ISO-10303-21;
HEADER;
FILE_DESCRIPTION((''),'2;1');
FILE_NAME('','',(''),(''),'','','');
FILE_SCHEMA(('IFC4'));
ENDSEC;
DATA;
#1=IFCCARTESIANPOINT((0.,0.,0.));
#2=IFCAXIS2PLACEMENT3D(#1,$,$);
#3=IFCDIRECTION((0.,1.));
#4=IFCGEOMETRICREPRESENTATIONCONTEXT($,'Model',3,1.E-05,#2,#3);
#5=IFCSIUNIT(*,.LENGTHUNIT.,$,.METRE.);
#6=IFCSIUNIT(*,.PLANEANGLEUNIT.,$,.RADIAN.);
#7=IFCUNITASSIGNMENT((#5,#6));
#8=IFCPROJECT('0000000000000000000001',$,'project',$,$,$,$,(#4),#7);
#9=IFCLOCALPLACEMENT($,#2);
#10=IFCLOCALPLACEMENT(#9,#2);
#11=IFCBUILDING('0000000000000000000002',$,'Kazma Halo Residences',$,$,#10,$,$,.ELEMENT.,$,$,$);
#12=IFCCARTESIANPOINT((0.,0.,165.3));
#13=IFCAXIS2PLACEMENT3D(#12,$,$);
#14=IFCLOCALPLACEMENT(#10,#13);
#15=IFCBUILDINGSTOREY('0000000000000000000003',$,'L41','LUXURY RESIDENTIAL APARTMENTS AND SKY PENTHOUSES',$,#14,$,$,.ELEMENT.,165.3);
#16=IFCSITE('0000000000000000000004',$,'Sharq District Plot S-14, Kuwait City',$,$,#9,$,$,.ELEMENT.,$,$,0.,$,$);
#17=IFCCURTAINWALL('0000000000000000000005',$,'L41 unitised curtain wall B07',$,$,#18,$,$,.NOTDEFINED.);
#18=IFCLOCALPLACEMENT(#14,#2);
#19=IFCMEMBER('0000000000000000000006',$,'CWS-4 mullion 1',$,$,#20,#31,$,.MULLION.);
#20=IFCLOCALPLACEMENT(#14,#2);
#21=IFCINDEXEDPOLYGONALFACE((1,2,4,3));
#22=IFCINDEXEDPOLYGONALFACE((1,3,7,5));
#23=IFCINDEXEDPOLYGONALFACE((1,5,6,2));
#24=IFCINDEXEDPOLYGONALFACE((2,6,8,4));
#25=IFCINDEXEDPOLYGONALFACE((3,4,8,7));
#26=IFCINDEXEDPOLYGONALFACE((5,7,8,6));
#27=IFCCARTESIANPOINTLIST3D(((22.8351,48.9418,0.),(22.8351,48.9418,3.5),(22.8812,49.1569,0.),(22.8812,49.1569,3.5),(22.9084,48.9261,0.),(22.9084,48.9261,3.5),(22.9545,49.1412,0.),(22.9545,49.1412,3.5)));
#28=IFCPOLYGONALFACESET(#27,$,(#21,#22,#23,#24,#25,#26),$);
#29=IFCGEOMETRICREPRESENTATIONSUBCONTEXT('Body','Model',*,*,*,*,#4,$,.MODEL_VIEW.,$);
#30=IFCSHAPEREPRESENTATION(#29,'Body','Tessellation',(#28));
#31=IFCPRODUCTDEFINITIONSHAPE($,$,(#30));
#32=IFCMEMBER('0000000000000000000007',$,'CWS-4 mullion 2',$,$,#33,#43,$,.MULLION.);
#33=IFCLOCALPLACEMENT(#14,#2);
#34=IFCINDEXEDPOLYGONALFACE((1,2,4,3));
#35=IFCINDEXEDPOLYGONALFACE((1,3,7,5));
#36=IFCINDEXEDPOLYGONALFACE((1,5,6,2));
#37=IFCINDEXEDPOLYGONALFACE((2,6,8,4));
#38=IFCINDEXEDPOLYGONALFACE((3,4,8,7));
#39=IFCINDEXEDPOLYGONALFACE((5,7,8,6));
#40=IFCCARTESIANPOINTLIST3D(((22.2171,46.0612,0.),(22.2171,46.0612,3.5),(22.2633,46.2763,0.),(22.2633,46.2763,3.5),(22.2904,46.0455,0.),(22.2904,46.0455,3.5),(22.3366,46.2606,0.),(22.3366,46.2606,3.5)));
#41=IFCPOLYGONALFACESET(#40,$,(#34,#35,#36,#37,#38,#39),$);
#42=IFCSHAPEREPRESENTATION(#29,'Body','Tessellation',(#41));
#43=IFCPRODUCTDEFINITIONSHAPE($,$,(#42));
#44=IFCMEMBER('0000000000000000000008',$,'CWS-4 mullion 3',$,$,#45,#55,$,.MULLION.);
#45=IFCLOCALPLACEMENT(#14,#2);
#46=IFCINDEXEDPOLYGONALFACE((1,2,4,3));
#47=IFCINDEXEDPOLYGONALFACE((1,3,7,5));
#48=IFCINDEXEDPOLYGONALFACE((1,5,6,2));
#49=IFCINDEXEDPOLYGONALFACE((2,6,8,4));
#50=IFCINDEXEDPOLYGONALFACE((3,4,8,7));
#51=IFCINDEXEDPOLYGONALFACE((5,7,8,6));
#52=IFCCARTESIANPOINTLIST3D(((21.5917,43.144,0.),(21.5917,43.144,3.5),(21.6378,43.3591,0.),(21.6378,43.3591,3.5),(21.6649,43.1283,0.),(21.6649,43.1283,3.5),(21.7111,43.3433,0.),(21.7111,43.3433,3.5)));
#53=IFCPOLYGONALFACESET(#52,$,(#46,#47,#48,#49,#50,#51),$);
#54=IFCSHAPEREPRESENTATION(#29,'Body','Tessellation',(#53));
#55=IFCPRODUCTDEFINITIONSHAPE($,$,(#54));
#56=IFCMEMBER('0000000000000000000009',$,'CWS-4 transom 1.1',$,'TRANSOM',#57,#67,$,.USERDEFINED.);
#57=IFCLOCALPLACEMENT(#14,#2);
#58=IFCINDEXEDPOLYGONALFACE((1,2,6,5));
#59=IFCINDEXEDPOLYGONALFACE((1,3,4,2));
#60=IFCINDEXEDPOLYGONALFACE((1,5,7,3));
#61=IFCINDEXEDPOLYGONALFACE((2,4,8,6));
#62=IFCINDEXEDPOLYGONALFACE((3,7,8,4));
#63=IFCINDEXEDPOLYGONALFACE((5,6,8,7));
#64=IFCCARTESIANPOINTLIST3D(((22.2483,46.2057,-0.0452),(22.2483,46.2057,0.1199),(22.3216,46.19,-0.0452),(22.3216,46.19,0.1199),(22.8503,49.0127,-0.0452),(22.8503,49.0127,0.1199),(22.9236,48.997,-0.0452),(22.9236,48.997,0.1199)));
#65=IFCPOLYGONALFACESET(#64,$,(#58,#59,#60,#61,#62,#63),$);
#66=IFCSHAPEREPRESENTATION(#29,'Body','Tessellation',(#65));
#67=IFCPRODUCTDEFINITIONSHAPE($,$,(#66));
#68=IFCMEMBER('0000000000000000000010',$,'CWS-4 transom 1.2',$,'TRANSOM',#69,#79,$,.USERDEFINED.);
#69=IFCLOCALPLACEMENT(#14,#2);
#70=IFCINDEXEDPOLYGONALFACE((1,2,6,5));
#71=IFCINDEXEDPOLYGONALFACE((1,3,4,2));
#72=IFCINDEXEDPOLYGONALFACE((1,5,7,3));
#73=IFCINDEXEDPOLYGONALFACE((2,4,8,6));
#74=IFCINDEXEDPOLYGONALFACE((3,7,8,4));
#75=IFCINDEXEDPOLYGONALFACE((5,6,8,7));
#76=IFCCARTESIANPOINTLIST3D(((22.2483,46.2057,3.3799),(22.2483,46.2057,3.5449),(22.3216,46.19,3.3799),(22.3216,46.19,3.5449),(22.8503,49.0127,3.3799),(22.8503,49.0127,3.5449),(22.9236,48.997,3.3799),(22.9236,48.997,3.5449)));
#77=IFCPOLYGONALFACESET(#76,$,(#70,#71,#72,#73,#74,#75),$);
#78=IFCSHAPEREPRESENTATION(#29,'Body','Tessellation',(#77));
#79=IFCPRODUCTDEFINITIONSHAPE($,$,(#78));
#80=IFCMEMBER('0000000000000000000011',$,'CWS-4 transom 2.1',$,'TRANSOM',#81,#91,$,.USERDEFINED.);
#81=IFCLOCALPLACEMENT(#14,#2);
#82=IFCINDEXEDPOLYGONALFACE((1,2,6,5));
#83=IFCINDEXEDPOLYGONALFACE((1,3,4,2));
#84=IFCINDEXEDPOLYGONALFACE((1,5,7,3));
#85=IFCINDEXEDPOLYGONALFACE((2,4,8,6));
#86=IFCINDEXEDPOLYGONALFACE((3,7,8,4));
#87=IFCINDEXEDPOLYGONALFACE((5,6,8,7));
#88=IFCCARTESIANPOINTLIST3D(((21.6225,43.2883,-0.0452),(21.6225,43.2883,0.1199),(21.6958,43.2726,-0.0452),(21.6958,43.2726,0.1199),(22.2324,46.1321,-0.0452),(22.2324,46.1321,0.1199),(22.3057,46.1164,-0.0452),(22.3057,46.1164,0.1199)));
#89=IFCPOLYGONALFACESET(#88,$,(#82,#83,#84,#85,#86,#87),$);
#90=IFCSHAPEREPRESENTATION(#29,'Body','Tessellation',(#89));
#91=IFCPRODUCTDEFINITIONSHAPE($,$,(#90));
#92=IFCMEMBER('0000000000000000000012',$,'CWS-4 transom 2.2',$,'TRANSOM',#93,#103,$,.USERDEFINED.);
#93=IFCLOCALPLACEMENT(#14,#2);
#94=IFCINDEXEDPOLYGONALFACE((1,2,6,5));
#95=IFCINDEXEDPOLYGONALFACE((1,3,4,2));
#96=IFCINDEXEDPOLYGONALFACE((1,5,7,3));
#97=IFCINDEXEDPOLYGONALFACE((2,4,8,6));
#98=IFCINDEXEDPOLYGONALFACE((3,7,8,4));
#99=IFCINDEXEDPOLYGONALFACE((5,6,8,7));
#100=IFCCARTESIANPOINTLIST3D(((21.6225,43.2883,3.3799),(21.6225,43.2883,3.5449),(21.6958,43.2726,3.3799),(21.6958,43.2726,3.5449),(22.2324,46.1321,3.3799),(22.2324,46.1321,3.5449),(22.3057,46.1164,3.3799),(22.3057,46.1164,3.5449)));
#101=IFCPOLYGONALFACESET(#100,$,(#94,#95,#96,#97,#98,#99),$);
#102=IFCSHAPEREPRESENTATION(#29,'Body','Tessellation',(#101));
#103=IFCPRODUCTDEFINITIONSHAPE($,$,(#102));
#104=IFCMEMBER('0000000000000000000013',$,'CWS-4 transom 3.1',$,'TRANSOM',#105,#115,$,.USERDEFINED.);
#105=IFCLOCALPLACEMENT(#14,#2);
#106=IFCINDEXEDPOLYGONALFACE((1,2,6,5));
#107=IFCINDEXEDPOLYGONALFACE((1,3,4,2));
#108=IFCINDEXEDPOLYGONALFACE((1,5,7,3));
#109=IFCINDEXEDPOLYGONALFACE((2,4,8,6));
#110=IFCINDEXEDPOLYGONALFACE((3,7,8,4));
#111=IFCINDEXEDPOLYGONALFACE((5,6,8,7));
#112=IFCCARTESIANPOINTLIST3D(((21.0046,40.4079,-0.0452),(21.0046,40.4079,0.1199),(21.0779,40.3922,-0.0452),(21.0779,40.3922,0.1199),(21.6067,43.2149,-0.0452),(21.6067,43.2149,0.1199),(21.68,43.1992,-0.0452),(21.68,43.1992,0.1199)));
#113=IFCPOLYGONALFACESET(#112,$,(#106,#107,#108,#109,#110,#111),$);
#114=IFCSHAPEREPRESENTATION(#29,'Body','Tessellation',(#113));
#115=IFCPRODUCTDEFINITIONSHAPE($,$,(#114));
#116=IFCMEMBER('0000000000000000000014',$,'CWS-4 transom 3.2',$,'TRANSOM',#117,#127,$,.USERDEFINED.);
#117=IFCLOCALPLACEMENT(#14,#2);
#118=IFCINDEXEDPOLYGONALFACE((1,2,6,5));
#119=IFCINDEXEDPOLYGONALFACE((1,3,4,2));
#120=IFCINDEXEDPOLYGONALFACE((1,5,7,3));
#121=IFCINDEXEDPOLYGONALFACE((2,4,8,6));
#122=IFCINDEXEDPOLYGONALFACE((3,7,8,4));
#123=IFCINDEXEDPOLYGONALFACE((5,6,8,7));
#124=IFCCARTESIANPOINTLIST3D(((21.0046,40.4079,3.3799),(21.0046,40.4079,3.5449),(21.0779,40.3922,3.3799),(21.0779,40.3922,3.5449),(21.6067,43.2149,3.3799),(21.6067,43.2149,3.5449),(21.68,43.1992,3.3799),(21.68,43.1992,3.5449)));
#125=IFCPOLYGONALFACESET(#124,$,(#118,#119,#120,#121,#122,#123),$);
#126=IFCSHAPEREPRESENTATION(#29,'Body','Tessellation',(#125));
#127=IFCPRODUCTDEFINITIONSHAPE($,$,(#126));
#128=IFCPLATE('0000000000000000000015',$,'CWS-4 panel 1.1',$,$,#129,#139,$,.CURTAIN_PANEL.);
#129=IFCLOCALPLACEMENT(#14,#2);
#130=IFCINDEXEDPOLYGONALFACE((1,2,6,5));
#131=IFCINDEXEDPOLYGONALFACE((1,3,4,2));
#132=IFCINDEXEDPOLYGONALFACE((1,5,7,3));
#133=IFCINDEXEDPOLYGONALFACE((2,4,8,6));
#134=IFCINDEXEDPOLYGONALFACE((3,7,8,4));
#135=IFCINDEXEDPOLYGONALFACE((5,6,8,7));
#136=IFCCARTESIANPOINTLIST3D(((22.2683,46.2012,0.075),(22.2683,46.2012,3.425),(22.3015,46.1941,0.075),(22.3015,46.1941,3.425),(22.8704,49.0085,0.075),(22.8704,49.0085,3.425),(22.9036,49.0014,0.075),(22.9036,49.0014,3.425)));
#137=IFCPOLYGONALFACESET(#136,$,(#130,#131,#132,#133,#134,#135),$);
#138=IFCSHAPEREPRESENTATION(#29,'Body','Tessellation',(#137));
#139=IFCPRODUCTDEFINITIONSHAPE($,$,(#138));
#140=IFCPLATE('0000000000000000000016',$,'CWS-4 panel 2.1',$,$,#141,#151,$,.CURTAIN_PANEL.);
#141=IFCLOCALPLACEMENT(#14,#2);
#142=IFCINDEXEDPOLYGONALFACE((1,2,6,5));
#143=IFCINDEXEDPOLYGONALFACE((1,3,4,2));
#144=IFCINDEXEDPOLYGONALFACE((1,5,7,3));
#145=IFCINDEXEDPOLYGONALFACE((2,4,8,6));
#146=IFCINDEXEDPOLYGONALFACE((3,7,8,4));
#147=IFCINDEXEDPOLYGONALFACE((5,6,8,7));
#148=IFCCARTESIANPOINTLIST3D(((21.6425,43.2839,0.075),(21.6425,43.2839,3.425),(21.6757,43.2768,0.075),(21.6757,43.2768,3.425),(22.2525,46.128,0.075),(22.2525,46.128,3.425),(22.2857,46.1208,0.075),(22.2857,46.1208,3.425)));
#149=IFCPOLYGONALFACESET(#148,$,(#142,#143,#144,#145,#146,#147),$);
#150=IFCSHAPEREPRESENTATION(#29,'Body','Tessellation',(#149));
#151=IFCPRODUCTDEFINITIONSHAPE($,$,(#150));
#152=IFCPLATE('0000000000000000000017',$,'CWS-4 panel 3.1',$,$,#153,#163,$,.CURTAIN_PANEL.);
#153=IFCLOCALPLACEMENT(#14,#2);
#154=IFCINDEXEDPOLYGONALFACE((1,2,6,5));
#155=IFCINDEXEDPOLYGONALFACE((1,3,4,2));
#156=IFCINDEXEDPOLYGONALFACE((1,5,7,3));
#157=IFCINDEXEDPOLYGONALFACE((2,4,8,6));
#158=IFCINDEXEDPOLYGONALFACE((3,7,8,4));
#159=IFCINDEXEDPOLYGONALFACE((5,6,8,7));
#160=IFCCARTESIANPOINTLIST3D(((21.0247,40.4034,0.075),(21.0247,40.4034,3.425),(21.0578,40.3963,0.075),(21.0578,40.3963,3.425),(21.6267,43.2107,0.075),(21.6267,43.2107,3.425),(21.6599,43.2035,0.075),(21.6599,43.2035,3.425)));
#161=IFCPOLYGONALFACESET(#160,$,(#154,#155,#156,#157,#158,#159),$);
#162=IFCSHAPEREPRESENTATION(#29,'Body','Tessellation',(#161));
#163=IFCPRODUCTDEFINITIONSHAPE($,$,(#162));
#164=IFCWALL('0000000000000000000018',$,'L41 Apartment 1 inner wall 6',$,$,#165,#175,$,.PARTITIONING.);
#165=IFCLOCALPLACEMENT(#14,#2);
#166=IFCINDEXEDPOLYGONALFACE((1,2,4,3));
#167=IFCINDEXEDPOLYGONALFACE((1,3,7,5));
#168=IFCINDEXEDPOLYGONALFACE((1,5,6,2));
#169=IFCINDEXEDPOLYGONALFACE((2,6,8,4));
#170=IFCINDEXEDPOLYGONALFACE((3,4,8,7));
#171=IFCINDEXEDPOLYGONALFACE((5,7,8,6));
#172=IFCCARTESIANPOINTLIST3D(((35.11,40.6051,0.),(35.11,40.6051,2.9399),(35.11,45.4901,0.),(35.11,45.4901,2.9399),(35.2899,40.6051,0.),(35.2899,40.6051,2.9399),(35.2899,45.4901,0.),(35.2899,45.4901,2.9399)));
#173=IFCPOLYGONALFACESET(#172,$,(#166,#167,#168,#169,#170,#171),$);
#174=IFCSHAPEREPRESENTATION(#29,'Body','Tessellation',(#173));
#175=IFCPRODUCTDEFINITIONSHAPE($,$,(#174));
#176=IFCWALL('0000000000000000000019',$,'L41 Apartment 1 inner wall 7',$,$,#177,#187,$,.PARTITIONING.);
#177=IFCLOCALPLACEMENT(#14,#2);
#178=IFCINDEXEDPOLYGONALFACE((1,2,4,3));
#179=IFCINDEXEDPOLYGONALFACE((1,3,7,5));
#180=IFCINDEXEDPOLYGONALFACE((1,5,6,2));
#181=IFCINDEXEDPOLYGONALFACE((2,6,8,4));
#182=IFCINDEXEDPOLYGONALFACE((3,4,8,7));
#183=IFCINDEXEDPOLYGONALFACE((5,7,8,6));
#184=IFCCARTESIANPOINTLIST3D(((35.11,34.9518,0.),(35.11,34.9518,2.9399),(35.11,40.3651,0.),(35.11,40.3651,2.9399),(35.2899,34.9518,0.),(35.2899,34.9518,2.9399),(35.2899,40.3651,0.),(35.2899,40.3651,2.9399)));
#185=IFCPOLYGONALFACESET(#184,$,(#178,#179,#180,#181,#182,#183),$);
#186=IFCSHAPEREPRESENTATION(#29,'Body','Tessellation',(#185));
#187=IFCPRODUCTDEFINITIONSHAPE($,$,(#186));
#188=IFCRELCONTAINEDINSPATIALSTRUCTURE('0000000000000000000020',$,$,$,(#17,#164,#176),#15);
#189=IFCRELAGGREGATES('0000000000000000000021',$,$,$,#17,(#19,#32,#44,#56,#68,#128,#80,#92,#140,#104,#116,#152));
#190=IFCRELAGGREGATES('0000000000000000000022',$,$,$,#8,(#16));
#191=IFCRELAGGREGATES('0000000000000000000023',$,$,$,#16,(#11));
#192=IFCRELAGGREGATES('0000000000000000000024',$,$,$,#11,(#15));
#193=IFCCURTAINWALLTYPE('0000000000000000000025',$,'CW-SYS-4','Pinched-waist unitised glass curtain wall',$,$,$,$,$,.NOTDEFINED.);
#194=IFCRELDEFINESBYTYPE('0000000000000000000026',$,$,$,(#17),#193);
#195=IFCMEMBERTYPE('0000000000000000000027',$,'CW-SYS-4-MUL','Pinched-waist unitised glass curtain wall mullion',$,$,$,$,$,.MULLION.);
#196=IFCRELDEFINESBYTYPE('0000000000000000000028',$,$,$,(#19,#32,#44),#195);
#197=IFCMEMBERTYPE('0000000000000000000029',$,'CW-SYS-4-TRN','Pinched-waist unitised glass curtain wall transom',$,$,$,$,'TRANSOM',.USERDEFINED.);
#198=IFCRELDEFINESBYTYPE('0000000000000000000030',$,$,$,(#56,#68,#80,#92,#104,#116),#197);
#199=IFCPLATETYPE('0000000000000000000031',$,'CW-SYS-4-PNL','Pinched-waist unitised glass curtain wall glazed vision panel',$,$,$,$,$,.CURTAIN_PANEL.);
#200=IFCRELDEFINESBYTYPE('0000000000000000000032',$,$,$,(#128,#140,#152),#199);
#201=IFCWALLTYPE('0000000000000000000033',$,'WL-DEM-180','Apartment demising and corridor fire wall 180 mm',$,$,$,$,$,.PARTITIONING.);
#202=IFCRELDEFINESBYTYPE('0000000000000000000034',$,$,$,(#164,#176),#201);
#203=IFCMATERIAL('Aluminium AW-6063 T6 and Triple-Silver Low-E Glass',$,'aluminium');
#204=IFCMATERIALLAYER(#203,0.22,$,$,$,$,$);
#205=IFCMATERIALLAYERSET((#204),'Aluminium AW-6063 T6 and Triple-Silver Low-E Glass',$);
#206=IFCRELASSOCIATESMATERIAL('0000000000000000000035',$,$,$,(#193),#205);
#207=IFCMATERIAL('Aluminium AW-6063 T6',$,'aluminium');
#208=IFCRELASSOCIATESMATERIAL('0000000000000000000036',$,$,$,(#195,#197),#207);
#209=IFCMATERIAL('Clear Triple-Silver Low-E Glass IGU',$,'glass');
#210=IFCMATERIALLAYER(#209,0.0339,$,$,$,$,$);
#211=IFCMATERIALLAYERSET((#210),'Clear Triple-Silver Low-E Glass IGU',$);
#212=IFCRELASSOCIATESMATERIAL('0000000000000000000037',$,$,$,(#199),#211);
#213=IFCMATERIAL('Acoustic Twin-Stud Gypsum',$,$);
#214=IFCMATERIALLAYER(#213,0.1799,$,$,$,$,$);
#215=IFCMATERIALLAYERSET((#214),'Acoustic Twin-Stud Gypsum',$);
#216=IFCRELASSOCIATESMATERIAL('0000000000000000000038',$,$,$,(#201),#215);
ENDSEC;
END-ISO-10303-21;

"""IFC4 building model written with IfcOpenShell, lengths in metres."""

from ifc_helpers import new_model, si_unit, direction, frame, frame_2d, origin, origin_2d, place, context, subcontext, project, spatial, rectangle, extrude, material, layer, layer_set, material_profile, profile_set, type_object, element, aggregate, save


model = new_model("IFC4")

# Units and contexts
model_context = context("Model", 3, precision=1e-05, world=origin(), true_north=direction((0.0, 1.0)))
body_context = subcontext(model_context, "Body", "Model", "MODEL_VIEW")
ifc_project = project(units=[si_unit("LENGTHUNIT", "METRE"), si_unit("PLANEANGLEUNIT", "RADIAN")], contexts=[model_context])

# Site, building, storey
site_placement = place(None, origin())
site = spatial("IfcSite", under=ifc_project, at=site_placement, Name="Sharq District Plot S-14, Kuwait City", CompositionType="ELEMENT", RefElevation=0.0)
building_placement = place(site_placement, origin())
building = spatial("IfcBuilding", under=site, at=building_placement, Name="Kazma Halo Residences", CompositionType="ELEMENT")
storey_placement = place(building_placement, frame((0.0, 0.0, 165.3)))
storey = spatial("IfcBuildingStorey", under=building, at=storey_placement, Name="L41", Description="LUXURY RESIDENTIAL APARTMENTS AND SKY PENTHOUSES", CompositionType="ELEMENT", Elevation=165.3)

# Curtain wall, members, plates
ifc_material_1 = material(Name="Aluminium AW-6063 T6 and Triple-Silver Low-E Glass", Category="aluminium")
ifc_layer_1 = layer(ifc_material_1, 0.22)
ifc_layer_set_1 = layer_set([ifc_layer_1], Name="Aluminium AW-6063 T6 and Triple-Silver Low-E Glass")
curtain_wall_type = type_object("IfcCurtainWallType", Name="CW-SYS-4", Description="Pinched-waist unitised glass curtain wall", PredefinedType="NOTDEFINED", material=ifc_layer_set_1)
curtain_wall_placement = place(storey_placement, origin())
curtain_wall = element("IfcCurtainWall", 1, at=curtain_wall_placement, inside=storey, type_object=curtain_wall_type, Name="L41 unitised curtain wall B07", PredefinedType="NOTDEFINED")
ifc_material_2 = material(Name="Aluminium AW-6063 T6", Category="aluminium")
ifc_material_profile_1 = material_profile(ifc_material_2, rectangle(XDim=0.075, YDim=0.22, at=origin_2d()), Name="CWM-75x220")
ifc_profile_set_1 = profile_set([ifc_material_profile_1], Name="Aluminium AW-6063 T6")
member_type_1 = type_object("IfcMemberType", Name="CW-SYS-4-MUL", Description="Pinched-waist unitised glass curtain wall mullion", PredefinedType="MULLION", material=ifc_profile_set_1)
member_1_placement = place(storey_placement, frame((22.8948, 49.0415, 0.0), z_axis=(0.0, 0.0, 1.0), x_axis=(0.977765, -0.209704, 0.0)))
member_1 = element("IfcMember", 2, at=member_1_placement, type_object=member_type_1, Name="CWS-4 mullion 1", PredefinedType="MULLION", context=body_context, shape_type="SweptSolid", body=[
    extrude(rectangle(XDim=0.075, YDim=0.22, at=origin_2d()), origin(), (0.0, 0.0, 1.0), 3.5),
])
member_2_placement = place(storey_placement, frame((22.2769, 46.1609, 0.0), z_axis=(0.0, 0.0, 1.0), x_axis=(0.977765, -0.209704, 0.0)))
member_2 = element("IfcMember", 3, at=member_2_placement, type_object=member_type_1, Name="CWS-4 mullion 2", PredefinedType="MULLION", context=body_context, shape_type="SweptSolid", body=[
    extrude(rectangle(XDim=0.075, YDim=0.22, at=origin_2d()), origin(), (0.0, 0.0, 1.0), 3.5),
])
member_3_placement = place(storey_placement, frame((21.6514, 43.2437, 0.0), z_axis=(0.0, 0.0, 1.0), x_axis=(0.977765, -0.209704, 0.0)))
member_3 = element("IfcMember", 4, at=member_3_placement, type_object=member_type_1, Name="CWS-4 mullion 3", PredefinedType="MULLION", context=body_context, shape_type="SweptSolid", body=[
    extrude(rectangle(XDim=0.075, YDim=0.22, at=origin_2d()), origin(), (0.0, 0.0, 1.0), 3.5),
])
ifc_material_profile_2 = material_profile(ifc_material_2, rectangle(XDim=0.075, YDim=0.165, at=origin_2d()), Name="CWT-75x165")
ifc_profile_set_2 = profile_set([ifc_material_profile_2], Name="Aluminium AW-6063 T6")
member_type_2 = type_object("IfcMemberType", Name="CW-SYS-4-TRN", Description="Pinched-waist unitised glass curtain wall transom", ElementType="TRANSOM", PredefinedType="USERDEFINED", material=ifc_profile_set_2)
member_4_placement = place(storey_placement, frame((22.887, 49.0049, 0.0374), z_axis=(-0.209703, -0.977765, 0.0), x_axis=(0.977765, -0.209703, 0.0)))
member_4 = element("IfcMember", 5, at=member_4_placement, type_object=member_type_2, Name="CWS-4 transom 1.1", ObjectType="TRANSOM", PredefinedType="USERDEFINED", context=body_context, shape_type="SweptSolid", body=[
    extrude(rectangle(XDim=0.075, YDim=0.165, at=origin_2d()), origin(), (0.0, 0.0, 1.0), 2.8708),
])
member_5_placement = place(storey_placement, frame((22.887, 49.0049, 3.4624), z_axis=(-0.209703, -0.977765, 0.0), x_axis=(0.977765, -0.209703, 0.0)))
member_5 = element("IfcMember", 6, at=member_5_placement, type_object=member_type_2, Name="CWS-4 transom 1.2", ObjectType="TRANSOM", PredefinedType="USERDEFINED", context=body_context, shape_type="SweptSolid", body=[
    extrude(rectangle(XDim=0.075, YDim=0.165, at=origin_2d()), origin(), (0.0, 0.0, 1.0), 2.8708),
])
member_6_placement = place(storey_placement, frame((22.269, 46.1243, 0.0374), z_axis=(-0.20969, -0.977768, 0.0), x_axis=(0.977768, -0.20969, 0.0)))
member_6 = element("IfcMember", 7, at=member_6_placement, type_object=member_type_2, Name="CWS-4 transom 2.1", ObjectType="TRANSOM", PredefinedType="USERDEFINED", context=body_context, shape_type="SweptSolid", body=[
    extrude(rectangle(XDim=0.075, YDim=0.165, at=origin_2d()), origin(), (0.0, 0.0, 1.0), 2.9084),
])
member_7_placement = place(storey_placement, frame((22.269, 46.1243, 3.4624), z_axis=(-0.20969, -0.977768, 0.0), x_axis=(0.977768, -0.20969, 0.0)))
member_7 = element("IfcMember", 8, at=member_7_placement, type_object=member_type_2, Name="CWS-4 transom 2.2", ObjectType="TRANSOM", PredefinedType="USERDEFINED", context=body_context, shape_type="SweptSolid", body=[
    extrude(rectangle(XDim=0.075, YDim=0.165, at=origin_2d()), origin(), (0.0, 0.0, 1.0), 2.9084),
])
member_8_placement = place(storey_placement, frame((21.6433, 43.207, 0.0374), z_axis=(-0.209703, -0.977765, 0.0), x_axis=(0.977765, -0.209703, 0.0)))
member_8 = element("IfcMember", 9, at=member_8_placement, type_object=member_type_2, Name="CWS-4 transom 3.1", ObjectType="TRANSOM", PredefinedType="USERDEFINED", context=body_context, shape_type="SweptSolid", body=[
    extrude(rectangle(XDim=0.075, YDim=0.165, at=origin_2d()), origin(), (0.0, 0.0, 1.0), 2.8708),
])
member_9_placement = place(storey_placement, frame((21.6433, 43.207, 3.4624), z_axis=(-0.209703, -0.977765, 0.0), x_axis=(0.977765, -0.209703, 0.0)))
member_9 = element("IfcMember", 10, at=member_9_placement, type_object=member_type_2, Name="CWS-4 transom 3.2", ObjectType="TRANSOM", PredefinedType="USERDEFINED", context=body_context, shape_type="SweptSolid", body=[
    extrude(rectangle(XDim=0.075, YDim=0.165, at=origin_2d()), origin(), (0.0, 0.0, 1.0), 2.8708),
])
ifc_material_3 = material(Name="Clear Triple-Silver Low-E Glass IGU", Category="glass")
ifc_layer_2 = layer(ifc_material_3, 0.0339)
ifc_layer_set_2 = layer_set([ifc_layer_2], Name="Clear Triple-Silver Low-E Glass IGU")
plate_type = type_object("IfcPlateType", Name="CW-SYS-4-PNL", Description="Pinched-waist unitised glass curtain wall glazed vision panel", PredefinedType="CURTAIN_PANEL", material=ifc_layer_set_2)
plate_1_placement = place(storey_placement, frame((22.5859, 47.6013, 0.075), z_axis=(0.0, 0.0, 1.0), x_axis=(-0.209704, -0.977765, 0.0)))
plate_1 = element("IfcPlate", 11, at=plate_1_placement, type_object=plate_type, Name="CWS-4 panel 1.1", PredefinedType="CURTAIN_PANEL", context=body_context, shape_type="SweptSolid", body=[
    extrude(rectangle(XDim=2.8711, YDim=0.0339, at=origin_2d()), origin(), (0.0, 0.0, 1.0), 3.3501),
])
plate_2_placement = place(storey_placement, frame((21.9641, 44.7024, 0.075), z_axis=(0.0, 0.0, 1.0), x_axis=(-0.209704, -0.977765, 0.0)))
plate_2 = element("IfcPlate", 12, at=plate_2_placement, type_object=plate_type, Name="CWS-4 panel 2.1", PredefinedType="CURTAIN_PANEL", context=body_context, shape_type="SweptSolid", body=[
    extrude(rectangle(XDim=2.9087, YDim=0.0339, at=origin_2d()), origin(), (0.0, 0.0, 1.0), 3.3501),
])
plate_3_placement = place(storey_placement, frame((21.3423, 41.8035, 0.075), z_axis=(0.0, 0.0, 1.0), x_axis=(-0.209704, -0.977765, 0.0)))
plate_3 = element("IfcPlate", 13, at=plate_3_placement, type_object=plate_type, Name="CWS-4 panel 3.1", PredefinedType="CURTAIN_PANEL", context=body_context, shape_type="SweptSolid", body=[
    extrude(rectangle(XDim=2.8711, YDim=0.0339, at=origin_2d()), origin(), (0.0, 0.0, 1.0), 3.3501),
])
aggregate(curtain_wall, [member_1, member_2, member_3, member_4, member_5, plate_1, member_6, member_7, plate_2, member_8, member_9, plate_3])

# Walls
ifc_material_4 = material(Name="Acoustic Twin-Stud Gypsum")
ifc_layer_3 = layer(ifc_material_4, 0.1799)
ifc_layer_set_3 = layer_set([ifc_layer_3], Name="Acoustic Twin-Stud Gypsum")
wall_type_1 = type_object("IfcWallType", Name="WL-DEM-180", Description="Apartment demising and corridor fire wall 180 mm", PredefinedType="PARTITIONING", material=ifc_layer_set_3)
wall_1_placement = place(storey_placement, frame((35.2, 45.49, 0.0), z_axis=(0.0, 0.0, 1.0), x_axis=(0.0, -1.0, 0.0)))
element("IfcWall", 14, at=wall_1_placement, inside=storey, type_object=wall_type_1, Name="L41 Apartment 1 inner wall 6", PredefinedType="PARTITIONING", context=body_context, shape_type="SweptSolid", body=[
    extrude(rectangle(XDim=4.885, YDim=0.1799, at=frame_2d((2.4424, 0.0))), origin(), (0.0, 0.0, 1.0), 2.9399),
])
wall_2_placement = place(storey_placement, frame((35.2, 40.365, 0.0), z_axis=(0.0, 0.0, 1.0), x_axis=(0.0, -1.0, 0.0)))
element("IfcWall", 15, at=wall_2_placement, inside=storey, type_object=wall_type_1, Name="L41 Apartment 1 inner wall 7", PredefinedType="PARTITIONING", context=body_context, shape_type="SweptSolid", body=[
    extrude(rectangle(XDim=5.4133, YDim=0.1799, at=frame_2d((2.7065, 0.0))), origin(), (0.0, 0.0, 1.0), 2.9399),
])

save(model, "model.ifc")
